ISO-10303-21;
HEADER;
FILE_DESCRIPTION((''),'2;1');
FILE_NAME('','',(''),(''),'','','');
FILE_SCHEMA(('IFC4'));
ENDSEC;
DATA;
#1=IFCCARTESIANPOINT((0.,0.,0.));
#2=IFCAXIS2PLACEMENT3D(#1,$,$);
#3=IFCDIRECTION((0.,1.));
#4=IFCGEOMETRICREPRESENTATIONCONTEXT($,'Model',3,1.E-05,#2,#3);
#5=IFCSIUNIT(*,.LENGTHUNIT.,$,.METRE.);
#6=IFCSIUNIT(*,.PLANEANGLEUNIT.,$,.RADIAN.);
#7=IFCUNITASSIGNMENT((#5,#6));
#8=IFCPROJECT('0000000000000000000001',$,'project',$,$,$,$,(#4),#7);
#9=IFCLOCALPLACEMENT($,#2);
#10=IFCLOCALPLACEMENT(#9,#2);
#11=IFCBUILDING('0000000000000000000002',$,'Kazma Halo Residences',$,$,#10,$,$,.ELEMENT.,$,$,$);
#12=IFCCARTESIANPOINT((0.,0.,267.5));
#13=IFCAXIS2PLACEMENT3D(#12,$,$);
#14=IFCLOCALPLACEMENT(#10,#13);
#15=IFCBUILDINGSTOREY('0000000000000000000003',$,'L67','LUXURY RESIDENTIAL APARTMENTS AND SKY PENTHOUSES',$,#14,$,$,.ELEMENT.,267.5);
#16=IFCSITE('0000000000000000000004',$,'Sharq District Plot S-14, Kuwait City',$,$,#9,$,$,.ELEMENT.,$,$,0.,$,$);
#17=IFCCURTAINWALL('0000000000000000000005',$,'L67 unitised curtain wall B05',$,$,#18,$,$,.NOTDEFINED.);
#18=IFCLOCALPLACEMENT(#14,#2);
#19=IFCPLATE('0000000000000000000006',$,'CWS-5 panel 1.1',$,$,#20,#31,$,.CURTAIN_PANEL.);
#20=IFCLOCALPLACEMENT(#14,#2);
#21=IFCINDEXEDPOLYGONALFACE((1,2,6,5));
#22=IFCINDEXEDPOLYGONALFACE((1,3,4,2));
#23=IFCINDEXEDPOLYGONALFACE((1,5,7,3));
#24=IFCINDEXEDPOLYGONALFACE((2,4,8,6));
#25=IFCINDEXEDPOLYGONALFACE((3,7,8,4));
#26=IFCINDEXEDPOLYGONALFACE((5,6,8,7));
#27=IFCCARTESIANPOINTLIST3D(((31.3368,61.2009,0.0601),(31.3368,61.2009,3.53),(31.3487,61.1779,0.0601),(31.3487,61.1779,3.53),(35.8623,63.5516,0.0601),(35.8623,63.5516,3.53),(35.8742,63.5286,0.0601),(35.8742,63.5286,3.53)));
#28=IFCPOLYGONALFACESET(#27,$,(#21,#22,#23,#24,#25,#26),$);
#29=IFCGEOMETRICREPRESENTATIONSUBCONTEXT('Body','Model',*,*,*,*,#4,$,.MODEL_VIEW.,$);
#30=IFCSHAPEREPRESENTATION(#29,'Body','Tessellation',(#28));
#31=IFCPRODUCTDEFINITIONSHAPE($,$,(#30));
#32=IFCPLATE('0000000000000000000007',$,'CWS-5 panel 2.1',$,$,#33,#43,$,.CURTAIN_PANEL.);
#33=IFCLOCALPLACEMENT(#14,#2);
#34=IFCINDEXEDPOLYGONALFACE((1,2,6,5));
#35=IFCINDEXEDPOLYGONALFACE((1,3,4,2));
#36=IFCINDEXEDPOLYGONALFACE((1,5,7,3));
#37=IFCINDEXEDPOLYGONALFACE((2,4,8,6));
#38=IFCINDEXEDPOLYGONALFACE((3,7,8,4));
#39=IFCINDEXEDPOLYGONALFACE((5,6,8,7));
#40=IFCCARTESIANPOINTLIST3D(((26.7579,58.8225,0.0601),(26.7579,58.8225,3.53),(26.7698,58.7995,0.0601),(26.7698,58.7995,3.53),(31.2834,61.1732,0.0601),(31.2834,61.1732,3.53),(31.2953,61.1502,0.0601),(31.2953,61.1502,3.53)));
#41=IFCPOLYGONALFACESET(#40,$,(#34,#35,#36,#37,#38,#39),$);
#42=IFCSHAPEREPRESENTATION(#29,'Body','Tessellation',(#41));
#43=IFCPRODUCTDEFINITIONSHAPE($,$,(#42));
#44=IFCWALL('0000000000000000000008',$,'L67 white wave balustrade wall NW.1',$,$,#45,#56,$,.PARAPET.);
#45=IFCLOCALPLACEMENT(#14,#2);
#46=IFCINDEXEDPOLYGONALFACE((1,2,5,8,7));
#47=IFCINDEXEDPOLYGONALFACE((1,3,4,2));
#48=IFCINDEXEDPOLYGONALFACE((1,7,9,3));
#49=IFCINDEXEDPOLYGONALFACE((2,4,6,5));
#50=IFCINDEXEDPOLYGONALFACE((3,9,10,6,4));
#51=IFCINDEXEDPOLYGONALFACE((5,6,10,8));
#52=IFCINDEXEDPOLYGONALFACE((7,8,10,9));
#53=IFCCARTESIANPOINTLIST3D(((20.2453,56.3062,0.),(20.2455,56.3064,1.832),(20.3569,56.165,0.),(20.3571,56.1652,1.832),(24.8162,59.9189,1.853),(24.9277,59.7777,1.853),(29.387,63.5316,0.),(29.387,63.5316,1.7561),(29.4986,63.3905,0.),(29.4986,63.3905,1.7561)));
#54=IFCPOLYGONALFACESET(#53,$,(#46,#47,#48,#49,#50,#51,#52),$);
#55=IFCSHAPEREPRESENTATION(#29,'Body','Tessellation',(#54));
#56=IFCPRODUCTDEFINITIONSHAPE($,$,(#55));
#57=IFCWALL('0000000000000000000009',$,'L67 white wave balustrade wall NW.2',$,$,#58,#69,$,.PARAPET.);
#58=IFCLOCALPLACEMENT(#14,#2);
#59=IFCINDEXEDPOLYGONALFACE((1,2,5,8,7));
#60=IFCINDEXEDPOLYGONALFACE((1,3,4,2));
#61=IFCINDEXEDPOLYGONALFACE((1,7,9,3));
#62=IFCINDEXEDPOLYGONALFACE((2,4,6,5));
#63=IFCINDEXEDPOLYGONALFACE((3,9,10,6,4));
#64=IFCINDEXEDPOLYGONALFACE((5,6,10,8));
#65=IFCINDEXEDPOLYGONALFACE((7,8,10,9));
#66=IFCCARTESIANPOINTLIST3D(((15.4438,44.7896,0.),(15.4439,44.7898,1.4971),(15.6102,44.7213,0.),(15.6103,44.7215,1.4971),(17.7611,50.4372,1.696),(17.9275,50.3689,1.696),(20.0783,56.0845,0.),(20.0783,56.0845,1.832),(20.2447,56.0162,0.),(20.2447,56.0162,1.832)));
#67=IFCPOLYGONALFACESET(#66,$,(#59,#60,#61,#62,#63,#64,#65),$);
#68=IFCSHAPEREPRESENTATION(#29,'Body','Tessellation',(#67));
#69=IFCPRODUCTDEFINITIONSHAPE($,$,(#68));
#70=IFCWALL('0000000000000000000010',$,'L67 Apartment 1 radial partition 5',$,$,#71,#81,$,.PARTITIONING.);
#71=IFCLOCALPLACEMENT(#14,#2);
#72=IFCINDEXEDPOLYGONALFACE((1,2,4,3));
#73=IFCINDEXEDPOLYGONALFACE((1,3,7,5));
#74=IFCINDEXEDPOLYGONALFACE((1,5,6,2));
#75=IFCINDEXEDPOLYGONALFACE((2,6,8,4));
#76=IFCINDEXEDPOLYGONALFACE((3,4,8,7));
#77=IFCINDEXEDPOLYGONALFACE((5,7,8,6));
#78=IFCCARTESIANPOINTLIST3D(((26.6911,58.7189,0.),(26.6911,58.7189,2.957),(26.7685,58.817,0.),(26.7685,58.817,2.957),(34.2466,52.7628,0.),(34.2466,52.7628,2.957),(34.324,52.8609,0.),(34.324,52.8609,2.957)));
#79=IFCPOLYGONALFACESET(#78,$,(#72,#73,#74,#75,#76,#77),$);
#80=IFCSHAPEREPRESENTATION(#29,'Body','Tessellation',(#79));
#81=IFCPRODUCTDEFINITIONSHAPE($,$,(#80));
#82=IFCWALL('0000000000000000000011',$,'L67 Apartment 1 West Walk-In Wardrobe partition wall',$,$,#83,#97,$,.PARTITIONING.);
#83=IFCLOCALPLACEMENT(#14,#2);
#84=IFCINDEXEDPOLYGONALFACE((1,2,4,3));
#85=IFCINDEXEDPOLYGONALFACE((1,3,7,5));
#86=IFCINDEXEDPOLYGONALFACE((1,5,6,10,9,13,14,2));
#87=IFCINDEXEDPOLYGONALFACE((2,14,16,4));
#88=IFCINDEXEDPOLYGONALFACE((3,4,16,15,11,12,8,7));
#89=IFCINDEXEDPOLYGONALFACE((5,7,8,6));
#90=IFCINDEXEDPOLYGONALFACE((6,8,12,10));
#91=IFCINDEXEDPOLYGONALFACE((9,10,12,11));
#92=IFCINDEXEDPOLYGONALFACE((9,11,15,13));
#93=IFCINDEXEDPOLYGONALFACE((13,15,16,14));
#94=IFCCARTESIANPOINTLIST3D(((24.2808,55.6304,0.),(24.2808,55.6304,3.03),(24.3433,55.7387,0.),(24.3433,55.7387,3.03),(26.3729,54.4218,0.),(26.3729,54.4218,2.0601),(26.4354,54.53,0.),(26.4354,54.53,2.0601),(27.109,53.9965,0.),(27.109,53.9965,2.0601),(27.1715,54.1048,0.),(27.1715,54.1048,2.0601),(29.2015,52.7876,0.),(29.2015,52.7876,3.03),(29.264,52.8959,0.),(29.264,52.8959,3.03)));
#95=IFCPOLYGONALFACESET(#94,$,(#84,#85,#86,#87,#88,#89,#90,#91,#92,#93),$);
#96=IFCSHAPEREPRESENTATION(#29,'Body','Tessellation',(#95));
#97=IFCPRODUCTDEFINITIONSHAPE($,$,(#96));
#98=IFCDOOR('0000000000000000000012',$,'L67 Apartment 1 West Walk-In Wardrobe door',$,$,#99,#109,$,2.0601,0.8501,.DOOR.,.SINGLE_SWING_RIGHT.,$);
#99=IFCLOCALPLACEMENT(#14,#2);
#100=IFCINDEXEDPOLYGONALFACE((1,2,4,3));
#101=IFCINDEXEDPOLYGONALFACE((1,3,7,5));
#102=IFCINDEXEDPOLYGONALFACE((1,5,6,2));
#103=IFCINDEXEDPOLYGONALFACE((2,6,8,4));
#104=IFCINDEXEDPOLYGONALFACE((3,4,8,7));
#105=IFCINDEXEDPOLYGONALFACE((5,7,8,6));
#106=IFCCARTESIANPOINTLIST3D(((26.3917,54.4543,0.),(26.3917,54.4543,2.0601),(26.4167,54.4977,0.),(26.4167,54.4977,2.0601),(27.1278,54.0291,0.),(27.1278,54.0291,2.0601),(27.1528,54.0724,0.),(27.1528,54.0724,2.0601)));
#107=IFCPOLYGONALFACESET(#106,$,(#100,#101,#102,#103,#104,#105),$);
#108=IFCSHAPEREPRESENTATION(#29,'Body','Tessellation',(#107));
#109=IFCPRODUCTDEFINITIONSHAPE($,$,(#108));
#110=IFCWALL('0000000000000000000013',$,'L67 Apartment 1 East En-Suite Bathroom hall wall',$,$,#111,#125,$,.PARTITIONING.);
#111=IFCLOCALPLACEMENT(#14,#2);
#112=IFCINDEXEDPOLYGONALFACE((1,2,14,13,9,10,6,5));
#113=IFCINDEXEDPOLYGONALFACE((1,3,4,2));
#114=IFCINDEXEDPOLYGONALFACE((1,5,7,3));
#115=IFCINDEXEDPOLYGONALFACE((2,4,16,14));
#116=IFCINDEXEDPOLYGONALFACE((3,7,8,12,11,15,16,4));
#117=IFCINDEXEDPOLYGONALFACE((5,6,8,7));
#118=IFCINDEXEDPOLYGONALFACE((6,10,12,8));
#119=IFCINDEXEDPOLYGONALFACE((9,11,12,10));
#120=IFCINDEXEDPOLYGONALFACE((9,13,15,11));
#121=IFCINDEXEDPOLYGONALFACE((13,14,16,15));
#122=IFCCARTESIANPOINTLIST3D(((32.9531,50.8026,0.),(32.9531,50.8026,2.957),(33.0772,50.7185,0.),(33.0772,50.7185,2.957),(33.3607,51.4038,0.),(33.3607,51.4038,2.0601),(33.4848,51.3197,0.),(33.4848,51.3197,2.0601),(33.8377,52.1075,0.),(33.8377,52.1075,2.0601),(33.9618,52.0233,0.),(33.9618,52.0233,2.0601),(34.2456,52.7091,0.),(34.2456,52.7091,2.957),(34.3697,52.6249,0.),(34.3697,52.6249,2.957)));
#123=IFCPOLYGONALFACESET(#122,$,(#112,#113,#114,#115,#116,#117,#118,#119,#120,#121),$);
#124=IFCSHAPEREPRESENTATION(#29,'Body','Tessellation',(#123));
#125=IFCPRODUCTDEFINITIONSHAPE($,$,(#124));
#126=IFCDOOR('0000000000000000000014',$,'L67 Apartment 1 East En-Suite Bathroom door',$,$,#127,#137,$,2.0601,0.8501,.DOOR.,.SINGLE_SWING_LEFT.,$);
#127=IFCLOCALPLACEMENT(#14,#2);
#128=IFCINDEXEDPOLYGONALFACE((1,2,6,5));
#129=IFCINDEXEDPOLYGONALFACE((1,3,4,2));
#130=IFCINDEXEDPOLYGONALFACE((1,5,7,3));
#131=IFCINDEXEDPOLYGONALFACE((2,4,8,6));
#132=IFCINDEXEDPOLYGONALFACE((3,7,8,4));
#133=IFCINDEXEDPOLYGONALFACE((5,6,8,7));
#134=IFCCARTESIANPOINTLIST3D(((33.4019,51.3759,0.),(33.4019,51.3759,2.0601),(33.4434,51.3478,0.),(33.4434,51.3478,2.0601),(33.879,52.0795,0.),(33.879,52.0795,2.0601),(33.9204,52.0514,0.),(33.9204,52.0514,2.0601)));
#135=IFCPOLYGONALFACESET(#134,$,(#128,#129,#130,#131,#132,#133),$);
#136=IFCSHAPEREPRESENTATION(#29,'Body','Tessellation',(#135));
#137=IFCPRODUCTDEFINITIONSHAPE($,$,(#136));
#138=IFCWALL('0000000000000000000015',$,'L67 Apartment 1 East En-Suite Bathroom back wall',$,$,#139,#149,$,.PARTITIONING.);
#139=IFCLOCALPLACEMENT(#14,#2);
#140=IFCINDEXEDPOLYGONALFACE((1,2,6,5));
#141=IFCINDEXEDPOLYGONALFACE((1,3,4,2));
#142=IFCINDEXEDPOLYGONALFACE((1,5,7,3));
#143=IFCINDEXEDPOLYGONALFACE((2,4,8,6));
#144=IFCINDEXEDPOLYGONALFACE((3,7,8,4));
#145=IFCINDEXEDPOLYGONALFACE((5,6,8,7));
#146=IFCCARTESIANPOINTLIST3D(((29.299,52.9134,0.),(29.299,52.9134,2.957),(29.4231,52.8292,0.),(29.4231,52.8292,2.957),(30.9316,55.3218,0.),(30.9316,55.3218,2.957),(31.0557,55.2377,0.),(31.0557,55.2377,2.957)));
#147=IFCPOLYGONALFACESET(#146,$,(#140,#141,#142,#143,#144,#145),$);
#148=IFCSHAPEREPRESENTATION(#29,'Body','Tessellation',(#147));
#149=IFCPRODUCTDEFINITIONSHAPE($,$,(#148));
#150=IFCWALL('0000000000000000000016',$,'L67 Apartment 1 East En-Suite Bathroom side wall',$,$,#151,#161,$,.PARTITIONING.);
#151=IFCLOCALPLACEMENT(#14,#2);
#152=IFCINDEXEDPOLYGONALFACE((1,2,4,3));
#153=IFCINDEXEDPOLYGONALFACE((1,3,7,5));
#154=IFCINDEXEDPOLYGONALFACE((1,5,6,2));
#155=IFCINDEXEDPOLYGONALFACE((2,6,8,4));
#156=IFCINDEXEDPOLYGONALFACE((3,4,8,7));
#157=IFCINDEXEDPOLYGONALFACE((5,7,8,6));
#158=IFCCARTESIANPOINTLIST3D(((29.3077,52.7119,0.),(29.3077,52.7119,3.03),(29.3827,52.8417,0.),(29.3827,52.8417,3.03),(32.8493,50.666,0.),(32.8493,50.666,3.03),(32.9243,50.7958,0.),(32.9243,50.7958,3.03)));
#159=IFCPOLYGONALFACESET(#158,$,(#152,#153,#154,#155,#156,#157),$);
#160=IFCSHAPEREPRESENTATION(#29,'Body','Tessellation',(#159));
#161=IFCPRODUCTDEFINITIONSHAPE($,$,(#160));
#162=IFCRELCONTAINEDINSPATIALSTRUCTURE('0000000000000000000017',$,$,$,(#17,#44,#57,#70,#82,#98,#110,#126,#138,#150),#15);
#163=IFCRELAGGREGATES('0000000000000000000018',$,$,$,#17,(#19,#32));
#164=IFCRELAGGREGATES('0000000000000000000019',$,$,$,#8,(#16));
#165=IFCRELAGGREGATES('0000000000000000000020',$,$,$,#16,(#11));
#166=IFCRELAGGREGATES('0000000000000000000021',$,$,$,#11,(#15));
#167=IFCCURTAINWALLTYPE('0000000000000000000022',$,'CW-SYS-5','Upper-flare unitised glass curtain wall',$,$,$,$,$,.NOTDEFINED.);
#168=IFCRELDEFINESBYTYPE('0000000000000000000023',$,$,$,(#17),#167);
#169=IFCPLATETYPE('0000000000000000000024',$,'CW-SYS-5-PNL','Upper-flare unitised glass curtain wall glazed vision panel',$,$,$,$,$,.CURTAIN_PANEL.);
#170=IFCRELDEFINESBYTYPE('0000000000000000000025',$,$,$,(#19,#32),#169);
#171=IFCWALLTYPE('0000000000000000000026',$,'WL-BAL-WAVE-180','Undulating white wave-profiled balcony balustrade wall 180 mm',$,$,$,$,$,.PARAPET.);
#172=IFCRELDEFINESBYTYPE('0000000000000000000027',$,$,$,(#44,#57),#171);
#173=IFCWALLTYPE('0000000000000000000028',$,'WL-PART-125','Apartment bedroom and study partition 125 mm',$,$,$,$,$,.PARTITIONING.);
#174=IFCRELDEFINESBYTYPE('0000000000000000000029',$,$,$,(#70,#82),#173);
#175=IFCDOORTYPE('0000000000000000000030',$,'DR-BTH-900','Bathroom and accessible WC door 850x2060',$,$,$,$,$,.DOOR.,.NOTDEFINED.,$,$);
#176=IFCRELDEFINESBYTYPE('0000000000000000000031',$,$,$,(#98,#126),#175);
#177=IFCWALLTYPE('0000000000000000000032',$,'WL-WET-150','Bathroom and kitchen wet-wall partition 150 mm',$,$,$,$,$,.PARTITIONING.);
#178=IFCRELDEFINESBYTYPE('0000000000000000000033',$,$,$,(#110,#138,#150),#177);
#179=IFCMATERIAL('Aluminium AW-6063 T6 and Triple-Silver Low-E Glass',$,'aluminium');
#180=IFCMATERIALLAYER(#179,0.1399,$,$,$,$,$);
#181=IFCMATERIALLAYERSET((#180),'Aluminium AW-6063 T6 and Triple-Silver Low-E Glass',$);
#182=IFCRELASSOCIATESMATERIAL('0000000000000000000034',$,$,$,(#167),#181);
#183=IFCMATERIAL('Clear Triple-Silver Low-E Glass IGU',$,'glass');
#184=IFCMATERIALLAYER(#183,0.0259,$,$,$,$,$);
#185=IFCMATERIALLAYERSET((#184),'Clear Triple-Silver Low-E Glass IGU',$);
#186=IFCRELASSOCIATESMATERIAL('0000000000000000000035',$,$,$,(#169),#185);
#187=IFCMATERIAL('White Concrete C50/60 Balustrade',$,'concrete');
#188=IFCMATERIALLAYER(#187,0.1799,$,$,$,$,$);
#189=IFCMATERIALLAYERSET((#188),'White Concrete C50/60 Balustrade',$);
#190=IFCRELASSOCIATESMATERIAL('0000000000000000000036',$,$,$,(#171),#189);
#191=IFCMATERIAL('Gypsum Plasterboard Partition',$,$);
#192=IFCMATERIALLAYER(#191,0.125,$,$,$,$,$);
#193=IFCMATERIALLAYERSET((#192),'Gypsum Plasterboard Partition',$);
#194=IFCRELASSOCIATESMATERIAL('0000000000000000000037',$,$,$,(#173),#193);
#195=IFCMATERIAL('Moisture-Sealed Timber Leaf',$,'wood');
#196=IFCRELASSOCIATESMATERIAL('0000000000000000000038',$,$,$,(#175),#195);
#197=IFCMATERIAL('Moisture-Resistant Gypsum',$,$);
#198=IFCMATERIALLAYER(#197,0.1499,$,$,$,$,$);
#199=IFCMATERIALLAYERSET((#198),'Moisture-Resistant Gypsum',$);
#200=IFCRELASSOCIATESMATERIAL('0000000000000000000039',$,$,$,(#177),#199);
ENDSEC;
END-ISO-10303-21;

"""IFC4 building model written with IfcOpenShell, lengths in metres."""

from ifc_helpers import new_model, si_unit, direction, frame, frame_2d, origin, origin_2d, place, context, subcontext, project, spatial, polyline, rectangle, outline, extrude, material, layer, layer_set, type_object, element, fill, aggregate, save


model = new_model("IFC4")

# Units and contexts
model_context = context("Model", 3, precision=1e-05, world=origin(), true_north=direction((0.0, 1.0)))
body_context = subcontext(model_context, "Body", "Model", "MODEL_VIEW")
ifc_project = project(units=[si_unit("LENGTHUNIT", "METRE"), si_unit("PLANEANGLEUNIT", "RADIAN")], contexts=[model_context])

# Site, building, storey
site_placement = place(None, origin())
site = spatial("IfcSite", under=ifc_project, at=site_placement, Name="Sharq District Plot S-14, Kuwait City", CompositionType="ELEMENT", RefElevation=0.0)
building_placement = place(site_placement, origin())
building = spatial("IfcBuilding", under=site, at=building_placement, Name="Kazma Halo Residences", CompositionType="ELEMENT")
storey_placement = place(building_placement, frame((0.0, 0.0, 267.5)))
storey = spatial("IfcBuildingStorey", under=building, at=storey_placement, Name="L67", Description="LUXURY RESIDENTIAL APARTMENTS AND SKY PENTHOUSES", CompositionType="ELEMENT", Elevation=267.5)

# Curtain wall, plates
ifc_material_1 = material(Name="Aluminium AW-6063 T6 and Triple-Silver Low-E Glass", Category="aluminium")
ifc_layer_1 = layer(ifc_material_1, 0.1399)
ifc_layer_set_1 = layer_set([ifc_layer_1], Name="Aluminium AW-6063 T6 and Triple-Silver Low-E Glass")
curtain_wall_type = type_object("IfcCurtainWallType", Name="CW-SYS-5", Description="Upper-flare unitised glass curtain wall", PredefinedType="NOTDEFINED", material=ifc_layer_set_1)
curtain_wall_placement = place(storey_placement, origin())
curtain_wall = element("IfcCurtainWall", 1, at=curtain_wall_placement, inside=storey, type_object=curtain_wall_type, Name="L67 unitised curtain wall B05", PredefinedType="NOTDEFINED")
ifc_material_2 = material(Name="Clear Triple-Silver Low-E Glass IGU", Category="glass")
ifc_layer_2 = layer(ifc_material_2, 0.0259)
ifc_layer_set_2 = layer_set([ifc_layer_2], Name="Clear Triple-Silver Low-E Glass IGU")
plate_type = type_object("IfcPlateType", Name="CW-SYS-5-PNL", Description="Upper-flare unitised glass curtain wall glazed vision panel", PredefinedType="CURTAIN_PANEL", material=ifc_layer_set_2)
plate_1_placement = place(storey_placement, frame((33.6055, 62.3647, 0.0601), z_axis=(0.0, 0.0, 1.0), x_axis=(-0.887421, -0.460961, 0.0)))
plate_1 = element("IfcPlate", 2, at=plate_1_placement, type_object=plate_type, Name="CWS-5 panel 1.1", PredefinedType="CURTAIN_PANEL", context=body_context, shape_type="SweptSolid", body=[
    extrude(rectangle(XDim=5.0996, YDim=0.0259, at=origin_2d()), origin(), (0.0, 0.0, 1.0), 3.47),
])
plate_2_placement = place(storey_placement, frame((29.0266, 59.9863, 0.0601), z_axis=(0.0, 0.0, 1.0), x_axis=(-0.887421, -0.460961, 0.0)))
plate_2 = element("IfcPlate", 3, at=plate_2_placement, type_object=plate_type, Name="CWS-5 panel 2.1", PredefinedType="CURTAIN_PANEL", context=body_context, shape_type="SweptSolid", body=[
    extrude(rectangle(XDim=5.0996, YDim=0.0259, at=origin_2d()), origin(), (0.0, 0.0, 1.0), 3.47),
])
aggregate(curtain_wall, [plate_1, plate_2])

# Walls
ifc_material_3 = material(Name="White Concrete C50/60 Balustrade", Category="concrete")
ifc_layer_3 = layer(ifc_material_3, 0.1799)
ifc_layer_set_3 = layer_set([ifc_layer_3], Name="White Concrete C50/60 Balustrade")
wall_type_1 = type_object("IfcWallType", Name="WL-BAL-WAVE-180", Description="Undulating white wave-profiled balcony balustrade wall 180 mm", PredefinedType="PARAPET", material=ifc_layer_set_3)
wall_1_placement = place(storey_placement, frame((29.4429, 63.4609, 0.0), z_axis=(0.0, 0.0, 1.0), x_axis=(-0.784537, -0.620082, 0.0)))
element("IfcWall", 4, at=wall_1_placement, inside=storey, type_object=wall_type_1, Name="L67 white wave balustrade wall NW.1", PredefinedType="PARAPET", context=body_context, shape_type="SweptSolid", body=[
    extrude(outline(polyline([(0.0, 0.0), (11.6523, 0.0), (11.6521, 1.832), (5.8262, 1.853), (0.0, 1.7561), (0.0, 0.0)])), frame((0.0, 0.0898, 0.0), z_axis=(0.0, -1.0, 0.0), x_axis=(1.0, 0.0, 0.0)), (0.0, 0.0, 1.0), 0.1799),
])
wall_2_placement = place(storey_placement, frame((20.1616, 56.0503, 0.0), z_axis=(0.0, 0.0, 1.0), x_axis=(-0.379606, -0.925148, 0.0)))
element("IfcWall", 5, at=wall_2_placement, inside=storey, type_object=wall_type_1, Name="L67 white wave balustrade wall NW.2", PredefinedType="PARAPET", context=body_context, shape_type="SweptSolid", body=[
    extrude(outline(polyline([(0.0, 0.0), (12.2087, 0.0), (12.2085, 1.4971), (6.1042, 1.696), (0.0, 1.832), (0.0, 0.0)])), frame((0.0, 0.0898, 0.0), z_axis=(0.0, -1.0, 0.0), x_axis=(1.0, 0.0, 0.0)), (0.0, 0.0, 1.0), 0.1799),
])

# Wall
ifc_material_4 = material(Name="Gypsum Plasterboard Partition")
ifc_layer_4 = layer(ifc_material_4, 0.125)
ifc_layer_set_4 = layer_set([ifc_layer_4], Name="Gypsum Plasterboard Partition")
wall_type_2 = type_object("IfcWallType", Name="WL-PART-125", Description="Apartment bedroom and study partition 125 mm", PredefinedType="PARTITIONING", material=ifc_layer_set_4)
wall_3_placement = place(storey_placement, frame((34.2854, 52.8118, 0.0), z_axis=(0.0, 0.0, 1.0), x_axis=(-0.785325, 0.619084, 0.0)))
element("IfcWall", 6, at=wall_3_placement, inside=storey, type_object=wall_type_2, Name="L67 Apartment 1 radial partition 5", PredefinedType="PARTITIONING", context=body_context, shape_type="SweptSolid", body=[
    extrude(rectangle(XDim=9.6208, YDim=0.125, at=frame_2d((4.8105, 0.0))), origin(), (0.0, 0.0, 1.0), 2.957),
])

# Walls, openings, doors
wall_4_placement = place(storey_placement, frame((29.2327, 52.8418, 0.0), z_axis=(0.0, 0.0, 1.0), x_axis=(-0.865886, 0.500242, 0.0)))
wall_4 = element("IfcWall", 7, at=wall_4_placement, inside=storey, type_object=wall_type_2, Name="L67 Apartment 1 West Walk-In Wardrobe partition wall", PredefinedType="PARTITIONING", context=body_context, shape_type="SweptSolid", body=[
    extrude(rectangle(XDim=5.6829, YDim=0.125, at=frame_2d((2.8413, 0.0))), origin(), (0.0, 0.0, 1.0), 3.03),
])
opening_1_placement = place(wall_4_placement, frame((2.4165, 0.0, 0.0)))
opening_1 = element("IfcOpeningElement", 8, at=opening_1_placement, cuts=wall_4, PredefinedType="OPENING", context=body_context, shape_type="SweptSolid", body=[
    extrude(rectangle(XDim=0.8501, YDim=2.0601, at=frame_2d((0.425, 1.03))), frame((0.0, 0.0725, 0.0), z_axis=(0.0, -1.0, 0.0), x_axis=(1.0, 0.0, 0.0)), (0.0, 0.0, 1.0), 0.145),
])
ifc_material_5 = material(Name="Moisture-Sealed Timber Leaf", Category="wood")
door_type_1 = type_object("IfcDoorType", Name="DR-BTH-900", Description="Bathroom and accessible WC door 850x2060", OperationType="NOTDEFINED", PredefinedType="DOOR", material=ifc_material_5)
door_1_placement = place(opening_1_placement, origin())
door_1 = element("IfcDoor", 9, at=door_1_placement, inside=storey, type_object=door_type_1, Name="L67 Apartment 1 West Walk-In Wardrobe door", OperationType="SINGLE_SWING_RIGHT", OverallHeight=2.0601, OverallWidth=0.8501, PredefinedType="DOOR", context=body_context, shape_type="SweptSolid", body=[
    extrude(rectangle(XDim=0.8501, YDim=2.0601, at=frame_2d((0.425, 1.03))), frame((0.0, 0.0249, 0.0), z_axis=(0.0, -1.0, 0.0), x_axis=(1.0, 0.0, 0.0)), (0.0, 0.0, 1.0), 0.05),
])
fill(opening_1, door_1)
ifc_material_6 = material(Name="Moisture-Resistant Gypsum")
ifc_layer_5 = layer(ifc_material_6, 0.1499)
ifc_layer_set_5 = layer_set([ifc_layer_5], Name="Moisture-Resistant Gypsum")
wall_type_3 = type_object("IfcWallType", Name="WL-WET-150", Description="Bathroom and kitchen wet-wall partition 150 mm", PredefinedType="PARTITIONING", material=ifc_layer_set_5)
wall_5_placement = place(storey_placement, frame((34.3076, 52.667, 0.0), z_axis=(0.0, 0.0, 1.0), x_axis=(-0.561141, -0.82772, 0.0)))
wall_5 = element("IfcWall", 10, at=wall_5_placement, inside=storey, type_object=wall_type_3, Name="L67 Apartment 1 East En-Suite Bathroom hall wall", PredefinedType="PARTITIONING", context=body_context, shape_type="SweptSolid", body=[
    extrude(rectangle(XDim=2.3032, YDim=0.1499, at=frame_2d((1.1516, 0.0))), origin(), (0.0, 0.0, 1.0), 2.957),
])
opening_2_placement = place(wall_5_placement, frame((0.7268, 0.0, 0.0)))
opening_2 = element("IfcOpeningElement", 11, at=opening_2_placement, cuts=wall_5, PredefinedType="OPENING", context=body_context, shape_type="SweptSolid", body=[
    extrude(rectangle(XDim=0.8501, YDim=2.0601, at=frame_2d((0.425, 1.03))), frame((0.0, 0.085, 0.0), z_axis=(0.0, -1.0, 0.0), x_axis=(1.0, 0.0, 0.0)), (0.0, 0.0, 1.0), 0.1699),
])
door_2_placement = place(opening_2_placement, origin())
door_2 = element("IfcDoor", 12, at=door_2_placement, inside=storey, type_object=door_type_1, Name="L67 Apartment 1 East En-Suite Bathroom door", OperationType="SINGLE_SWING_LEFT", OverallHeight=2.0601, OverallWidth=0.8501, PredefinedType="DOOR", context=body_context, shape_type="SweptSolid", body=[
    extrude(rectangle(XDim=0.8501, YDim=2.0601, at=frame_2d((0.425, 1.03))), frame((0.0, 0.0249, 0.0), z_axis=(0.0, -1.0, 0.0), x_axis=(1.0, 0.0, 0.0)), (0.0, 0.0, 1.0), 0.05),
])
fill(opening_2, door_2)

# Walls
wall_6_placement = place(storey_placement, frame((30.9937, 55.2798, 0.0), z_axis=(0.0, 0.0, 1.0), x_axis=(-0.561093, -0.827753, 0.0)))
element("IfcWall", 13, at=wall_6_placement, inside=storey, type_object=wall_type_3, Name="L67 Apartment 1 East En-Suite Bathroom back wall", PredefinedType="PARTITIONING", context=body_context, shape_type="SweptSolid", body=[
    extrude(rectangle(XDim=2.9097, YDim=0.1499, at=frame_2d((1.4548, 0.0))), origin(), (0.0, 0.0, 1.0), 2.957),
])
wall_7_placement = place(storey_placement, frame((32.8867, 50.731, 0.0), z_axis=(0.0, 0.0, 1.0), x_axis=(-0.865897, 0.500222, 0.0)))
element("IfcWall", 14, at=wall_7_placement, inside=storey, type_object=wall_type_3, Name="L67 Apartment 1 East En-Suite Bathroom side wall", PredefinedType="PARTITIONING", context=body_context, shape_type="SweptSolid", body=[
    extrude(rectangle(XDim=4.0901, YDim=0.1499, at=frame_2d((2.0449, 0.0))), origin(), (0.0, 0.0, 1.0), 3.03),
])

save(model, "model.ifc")
